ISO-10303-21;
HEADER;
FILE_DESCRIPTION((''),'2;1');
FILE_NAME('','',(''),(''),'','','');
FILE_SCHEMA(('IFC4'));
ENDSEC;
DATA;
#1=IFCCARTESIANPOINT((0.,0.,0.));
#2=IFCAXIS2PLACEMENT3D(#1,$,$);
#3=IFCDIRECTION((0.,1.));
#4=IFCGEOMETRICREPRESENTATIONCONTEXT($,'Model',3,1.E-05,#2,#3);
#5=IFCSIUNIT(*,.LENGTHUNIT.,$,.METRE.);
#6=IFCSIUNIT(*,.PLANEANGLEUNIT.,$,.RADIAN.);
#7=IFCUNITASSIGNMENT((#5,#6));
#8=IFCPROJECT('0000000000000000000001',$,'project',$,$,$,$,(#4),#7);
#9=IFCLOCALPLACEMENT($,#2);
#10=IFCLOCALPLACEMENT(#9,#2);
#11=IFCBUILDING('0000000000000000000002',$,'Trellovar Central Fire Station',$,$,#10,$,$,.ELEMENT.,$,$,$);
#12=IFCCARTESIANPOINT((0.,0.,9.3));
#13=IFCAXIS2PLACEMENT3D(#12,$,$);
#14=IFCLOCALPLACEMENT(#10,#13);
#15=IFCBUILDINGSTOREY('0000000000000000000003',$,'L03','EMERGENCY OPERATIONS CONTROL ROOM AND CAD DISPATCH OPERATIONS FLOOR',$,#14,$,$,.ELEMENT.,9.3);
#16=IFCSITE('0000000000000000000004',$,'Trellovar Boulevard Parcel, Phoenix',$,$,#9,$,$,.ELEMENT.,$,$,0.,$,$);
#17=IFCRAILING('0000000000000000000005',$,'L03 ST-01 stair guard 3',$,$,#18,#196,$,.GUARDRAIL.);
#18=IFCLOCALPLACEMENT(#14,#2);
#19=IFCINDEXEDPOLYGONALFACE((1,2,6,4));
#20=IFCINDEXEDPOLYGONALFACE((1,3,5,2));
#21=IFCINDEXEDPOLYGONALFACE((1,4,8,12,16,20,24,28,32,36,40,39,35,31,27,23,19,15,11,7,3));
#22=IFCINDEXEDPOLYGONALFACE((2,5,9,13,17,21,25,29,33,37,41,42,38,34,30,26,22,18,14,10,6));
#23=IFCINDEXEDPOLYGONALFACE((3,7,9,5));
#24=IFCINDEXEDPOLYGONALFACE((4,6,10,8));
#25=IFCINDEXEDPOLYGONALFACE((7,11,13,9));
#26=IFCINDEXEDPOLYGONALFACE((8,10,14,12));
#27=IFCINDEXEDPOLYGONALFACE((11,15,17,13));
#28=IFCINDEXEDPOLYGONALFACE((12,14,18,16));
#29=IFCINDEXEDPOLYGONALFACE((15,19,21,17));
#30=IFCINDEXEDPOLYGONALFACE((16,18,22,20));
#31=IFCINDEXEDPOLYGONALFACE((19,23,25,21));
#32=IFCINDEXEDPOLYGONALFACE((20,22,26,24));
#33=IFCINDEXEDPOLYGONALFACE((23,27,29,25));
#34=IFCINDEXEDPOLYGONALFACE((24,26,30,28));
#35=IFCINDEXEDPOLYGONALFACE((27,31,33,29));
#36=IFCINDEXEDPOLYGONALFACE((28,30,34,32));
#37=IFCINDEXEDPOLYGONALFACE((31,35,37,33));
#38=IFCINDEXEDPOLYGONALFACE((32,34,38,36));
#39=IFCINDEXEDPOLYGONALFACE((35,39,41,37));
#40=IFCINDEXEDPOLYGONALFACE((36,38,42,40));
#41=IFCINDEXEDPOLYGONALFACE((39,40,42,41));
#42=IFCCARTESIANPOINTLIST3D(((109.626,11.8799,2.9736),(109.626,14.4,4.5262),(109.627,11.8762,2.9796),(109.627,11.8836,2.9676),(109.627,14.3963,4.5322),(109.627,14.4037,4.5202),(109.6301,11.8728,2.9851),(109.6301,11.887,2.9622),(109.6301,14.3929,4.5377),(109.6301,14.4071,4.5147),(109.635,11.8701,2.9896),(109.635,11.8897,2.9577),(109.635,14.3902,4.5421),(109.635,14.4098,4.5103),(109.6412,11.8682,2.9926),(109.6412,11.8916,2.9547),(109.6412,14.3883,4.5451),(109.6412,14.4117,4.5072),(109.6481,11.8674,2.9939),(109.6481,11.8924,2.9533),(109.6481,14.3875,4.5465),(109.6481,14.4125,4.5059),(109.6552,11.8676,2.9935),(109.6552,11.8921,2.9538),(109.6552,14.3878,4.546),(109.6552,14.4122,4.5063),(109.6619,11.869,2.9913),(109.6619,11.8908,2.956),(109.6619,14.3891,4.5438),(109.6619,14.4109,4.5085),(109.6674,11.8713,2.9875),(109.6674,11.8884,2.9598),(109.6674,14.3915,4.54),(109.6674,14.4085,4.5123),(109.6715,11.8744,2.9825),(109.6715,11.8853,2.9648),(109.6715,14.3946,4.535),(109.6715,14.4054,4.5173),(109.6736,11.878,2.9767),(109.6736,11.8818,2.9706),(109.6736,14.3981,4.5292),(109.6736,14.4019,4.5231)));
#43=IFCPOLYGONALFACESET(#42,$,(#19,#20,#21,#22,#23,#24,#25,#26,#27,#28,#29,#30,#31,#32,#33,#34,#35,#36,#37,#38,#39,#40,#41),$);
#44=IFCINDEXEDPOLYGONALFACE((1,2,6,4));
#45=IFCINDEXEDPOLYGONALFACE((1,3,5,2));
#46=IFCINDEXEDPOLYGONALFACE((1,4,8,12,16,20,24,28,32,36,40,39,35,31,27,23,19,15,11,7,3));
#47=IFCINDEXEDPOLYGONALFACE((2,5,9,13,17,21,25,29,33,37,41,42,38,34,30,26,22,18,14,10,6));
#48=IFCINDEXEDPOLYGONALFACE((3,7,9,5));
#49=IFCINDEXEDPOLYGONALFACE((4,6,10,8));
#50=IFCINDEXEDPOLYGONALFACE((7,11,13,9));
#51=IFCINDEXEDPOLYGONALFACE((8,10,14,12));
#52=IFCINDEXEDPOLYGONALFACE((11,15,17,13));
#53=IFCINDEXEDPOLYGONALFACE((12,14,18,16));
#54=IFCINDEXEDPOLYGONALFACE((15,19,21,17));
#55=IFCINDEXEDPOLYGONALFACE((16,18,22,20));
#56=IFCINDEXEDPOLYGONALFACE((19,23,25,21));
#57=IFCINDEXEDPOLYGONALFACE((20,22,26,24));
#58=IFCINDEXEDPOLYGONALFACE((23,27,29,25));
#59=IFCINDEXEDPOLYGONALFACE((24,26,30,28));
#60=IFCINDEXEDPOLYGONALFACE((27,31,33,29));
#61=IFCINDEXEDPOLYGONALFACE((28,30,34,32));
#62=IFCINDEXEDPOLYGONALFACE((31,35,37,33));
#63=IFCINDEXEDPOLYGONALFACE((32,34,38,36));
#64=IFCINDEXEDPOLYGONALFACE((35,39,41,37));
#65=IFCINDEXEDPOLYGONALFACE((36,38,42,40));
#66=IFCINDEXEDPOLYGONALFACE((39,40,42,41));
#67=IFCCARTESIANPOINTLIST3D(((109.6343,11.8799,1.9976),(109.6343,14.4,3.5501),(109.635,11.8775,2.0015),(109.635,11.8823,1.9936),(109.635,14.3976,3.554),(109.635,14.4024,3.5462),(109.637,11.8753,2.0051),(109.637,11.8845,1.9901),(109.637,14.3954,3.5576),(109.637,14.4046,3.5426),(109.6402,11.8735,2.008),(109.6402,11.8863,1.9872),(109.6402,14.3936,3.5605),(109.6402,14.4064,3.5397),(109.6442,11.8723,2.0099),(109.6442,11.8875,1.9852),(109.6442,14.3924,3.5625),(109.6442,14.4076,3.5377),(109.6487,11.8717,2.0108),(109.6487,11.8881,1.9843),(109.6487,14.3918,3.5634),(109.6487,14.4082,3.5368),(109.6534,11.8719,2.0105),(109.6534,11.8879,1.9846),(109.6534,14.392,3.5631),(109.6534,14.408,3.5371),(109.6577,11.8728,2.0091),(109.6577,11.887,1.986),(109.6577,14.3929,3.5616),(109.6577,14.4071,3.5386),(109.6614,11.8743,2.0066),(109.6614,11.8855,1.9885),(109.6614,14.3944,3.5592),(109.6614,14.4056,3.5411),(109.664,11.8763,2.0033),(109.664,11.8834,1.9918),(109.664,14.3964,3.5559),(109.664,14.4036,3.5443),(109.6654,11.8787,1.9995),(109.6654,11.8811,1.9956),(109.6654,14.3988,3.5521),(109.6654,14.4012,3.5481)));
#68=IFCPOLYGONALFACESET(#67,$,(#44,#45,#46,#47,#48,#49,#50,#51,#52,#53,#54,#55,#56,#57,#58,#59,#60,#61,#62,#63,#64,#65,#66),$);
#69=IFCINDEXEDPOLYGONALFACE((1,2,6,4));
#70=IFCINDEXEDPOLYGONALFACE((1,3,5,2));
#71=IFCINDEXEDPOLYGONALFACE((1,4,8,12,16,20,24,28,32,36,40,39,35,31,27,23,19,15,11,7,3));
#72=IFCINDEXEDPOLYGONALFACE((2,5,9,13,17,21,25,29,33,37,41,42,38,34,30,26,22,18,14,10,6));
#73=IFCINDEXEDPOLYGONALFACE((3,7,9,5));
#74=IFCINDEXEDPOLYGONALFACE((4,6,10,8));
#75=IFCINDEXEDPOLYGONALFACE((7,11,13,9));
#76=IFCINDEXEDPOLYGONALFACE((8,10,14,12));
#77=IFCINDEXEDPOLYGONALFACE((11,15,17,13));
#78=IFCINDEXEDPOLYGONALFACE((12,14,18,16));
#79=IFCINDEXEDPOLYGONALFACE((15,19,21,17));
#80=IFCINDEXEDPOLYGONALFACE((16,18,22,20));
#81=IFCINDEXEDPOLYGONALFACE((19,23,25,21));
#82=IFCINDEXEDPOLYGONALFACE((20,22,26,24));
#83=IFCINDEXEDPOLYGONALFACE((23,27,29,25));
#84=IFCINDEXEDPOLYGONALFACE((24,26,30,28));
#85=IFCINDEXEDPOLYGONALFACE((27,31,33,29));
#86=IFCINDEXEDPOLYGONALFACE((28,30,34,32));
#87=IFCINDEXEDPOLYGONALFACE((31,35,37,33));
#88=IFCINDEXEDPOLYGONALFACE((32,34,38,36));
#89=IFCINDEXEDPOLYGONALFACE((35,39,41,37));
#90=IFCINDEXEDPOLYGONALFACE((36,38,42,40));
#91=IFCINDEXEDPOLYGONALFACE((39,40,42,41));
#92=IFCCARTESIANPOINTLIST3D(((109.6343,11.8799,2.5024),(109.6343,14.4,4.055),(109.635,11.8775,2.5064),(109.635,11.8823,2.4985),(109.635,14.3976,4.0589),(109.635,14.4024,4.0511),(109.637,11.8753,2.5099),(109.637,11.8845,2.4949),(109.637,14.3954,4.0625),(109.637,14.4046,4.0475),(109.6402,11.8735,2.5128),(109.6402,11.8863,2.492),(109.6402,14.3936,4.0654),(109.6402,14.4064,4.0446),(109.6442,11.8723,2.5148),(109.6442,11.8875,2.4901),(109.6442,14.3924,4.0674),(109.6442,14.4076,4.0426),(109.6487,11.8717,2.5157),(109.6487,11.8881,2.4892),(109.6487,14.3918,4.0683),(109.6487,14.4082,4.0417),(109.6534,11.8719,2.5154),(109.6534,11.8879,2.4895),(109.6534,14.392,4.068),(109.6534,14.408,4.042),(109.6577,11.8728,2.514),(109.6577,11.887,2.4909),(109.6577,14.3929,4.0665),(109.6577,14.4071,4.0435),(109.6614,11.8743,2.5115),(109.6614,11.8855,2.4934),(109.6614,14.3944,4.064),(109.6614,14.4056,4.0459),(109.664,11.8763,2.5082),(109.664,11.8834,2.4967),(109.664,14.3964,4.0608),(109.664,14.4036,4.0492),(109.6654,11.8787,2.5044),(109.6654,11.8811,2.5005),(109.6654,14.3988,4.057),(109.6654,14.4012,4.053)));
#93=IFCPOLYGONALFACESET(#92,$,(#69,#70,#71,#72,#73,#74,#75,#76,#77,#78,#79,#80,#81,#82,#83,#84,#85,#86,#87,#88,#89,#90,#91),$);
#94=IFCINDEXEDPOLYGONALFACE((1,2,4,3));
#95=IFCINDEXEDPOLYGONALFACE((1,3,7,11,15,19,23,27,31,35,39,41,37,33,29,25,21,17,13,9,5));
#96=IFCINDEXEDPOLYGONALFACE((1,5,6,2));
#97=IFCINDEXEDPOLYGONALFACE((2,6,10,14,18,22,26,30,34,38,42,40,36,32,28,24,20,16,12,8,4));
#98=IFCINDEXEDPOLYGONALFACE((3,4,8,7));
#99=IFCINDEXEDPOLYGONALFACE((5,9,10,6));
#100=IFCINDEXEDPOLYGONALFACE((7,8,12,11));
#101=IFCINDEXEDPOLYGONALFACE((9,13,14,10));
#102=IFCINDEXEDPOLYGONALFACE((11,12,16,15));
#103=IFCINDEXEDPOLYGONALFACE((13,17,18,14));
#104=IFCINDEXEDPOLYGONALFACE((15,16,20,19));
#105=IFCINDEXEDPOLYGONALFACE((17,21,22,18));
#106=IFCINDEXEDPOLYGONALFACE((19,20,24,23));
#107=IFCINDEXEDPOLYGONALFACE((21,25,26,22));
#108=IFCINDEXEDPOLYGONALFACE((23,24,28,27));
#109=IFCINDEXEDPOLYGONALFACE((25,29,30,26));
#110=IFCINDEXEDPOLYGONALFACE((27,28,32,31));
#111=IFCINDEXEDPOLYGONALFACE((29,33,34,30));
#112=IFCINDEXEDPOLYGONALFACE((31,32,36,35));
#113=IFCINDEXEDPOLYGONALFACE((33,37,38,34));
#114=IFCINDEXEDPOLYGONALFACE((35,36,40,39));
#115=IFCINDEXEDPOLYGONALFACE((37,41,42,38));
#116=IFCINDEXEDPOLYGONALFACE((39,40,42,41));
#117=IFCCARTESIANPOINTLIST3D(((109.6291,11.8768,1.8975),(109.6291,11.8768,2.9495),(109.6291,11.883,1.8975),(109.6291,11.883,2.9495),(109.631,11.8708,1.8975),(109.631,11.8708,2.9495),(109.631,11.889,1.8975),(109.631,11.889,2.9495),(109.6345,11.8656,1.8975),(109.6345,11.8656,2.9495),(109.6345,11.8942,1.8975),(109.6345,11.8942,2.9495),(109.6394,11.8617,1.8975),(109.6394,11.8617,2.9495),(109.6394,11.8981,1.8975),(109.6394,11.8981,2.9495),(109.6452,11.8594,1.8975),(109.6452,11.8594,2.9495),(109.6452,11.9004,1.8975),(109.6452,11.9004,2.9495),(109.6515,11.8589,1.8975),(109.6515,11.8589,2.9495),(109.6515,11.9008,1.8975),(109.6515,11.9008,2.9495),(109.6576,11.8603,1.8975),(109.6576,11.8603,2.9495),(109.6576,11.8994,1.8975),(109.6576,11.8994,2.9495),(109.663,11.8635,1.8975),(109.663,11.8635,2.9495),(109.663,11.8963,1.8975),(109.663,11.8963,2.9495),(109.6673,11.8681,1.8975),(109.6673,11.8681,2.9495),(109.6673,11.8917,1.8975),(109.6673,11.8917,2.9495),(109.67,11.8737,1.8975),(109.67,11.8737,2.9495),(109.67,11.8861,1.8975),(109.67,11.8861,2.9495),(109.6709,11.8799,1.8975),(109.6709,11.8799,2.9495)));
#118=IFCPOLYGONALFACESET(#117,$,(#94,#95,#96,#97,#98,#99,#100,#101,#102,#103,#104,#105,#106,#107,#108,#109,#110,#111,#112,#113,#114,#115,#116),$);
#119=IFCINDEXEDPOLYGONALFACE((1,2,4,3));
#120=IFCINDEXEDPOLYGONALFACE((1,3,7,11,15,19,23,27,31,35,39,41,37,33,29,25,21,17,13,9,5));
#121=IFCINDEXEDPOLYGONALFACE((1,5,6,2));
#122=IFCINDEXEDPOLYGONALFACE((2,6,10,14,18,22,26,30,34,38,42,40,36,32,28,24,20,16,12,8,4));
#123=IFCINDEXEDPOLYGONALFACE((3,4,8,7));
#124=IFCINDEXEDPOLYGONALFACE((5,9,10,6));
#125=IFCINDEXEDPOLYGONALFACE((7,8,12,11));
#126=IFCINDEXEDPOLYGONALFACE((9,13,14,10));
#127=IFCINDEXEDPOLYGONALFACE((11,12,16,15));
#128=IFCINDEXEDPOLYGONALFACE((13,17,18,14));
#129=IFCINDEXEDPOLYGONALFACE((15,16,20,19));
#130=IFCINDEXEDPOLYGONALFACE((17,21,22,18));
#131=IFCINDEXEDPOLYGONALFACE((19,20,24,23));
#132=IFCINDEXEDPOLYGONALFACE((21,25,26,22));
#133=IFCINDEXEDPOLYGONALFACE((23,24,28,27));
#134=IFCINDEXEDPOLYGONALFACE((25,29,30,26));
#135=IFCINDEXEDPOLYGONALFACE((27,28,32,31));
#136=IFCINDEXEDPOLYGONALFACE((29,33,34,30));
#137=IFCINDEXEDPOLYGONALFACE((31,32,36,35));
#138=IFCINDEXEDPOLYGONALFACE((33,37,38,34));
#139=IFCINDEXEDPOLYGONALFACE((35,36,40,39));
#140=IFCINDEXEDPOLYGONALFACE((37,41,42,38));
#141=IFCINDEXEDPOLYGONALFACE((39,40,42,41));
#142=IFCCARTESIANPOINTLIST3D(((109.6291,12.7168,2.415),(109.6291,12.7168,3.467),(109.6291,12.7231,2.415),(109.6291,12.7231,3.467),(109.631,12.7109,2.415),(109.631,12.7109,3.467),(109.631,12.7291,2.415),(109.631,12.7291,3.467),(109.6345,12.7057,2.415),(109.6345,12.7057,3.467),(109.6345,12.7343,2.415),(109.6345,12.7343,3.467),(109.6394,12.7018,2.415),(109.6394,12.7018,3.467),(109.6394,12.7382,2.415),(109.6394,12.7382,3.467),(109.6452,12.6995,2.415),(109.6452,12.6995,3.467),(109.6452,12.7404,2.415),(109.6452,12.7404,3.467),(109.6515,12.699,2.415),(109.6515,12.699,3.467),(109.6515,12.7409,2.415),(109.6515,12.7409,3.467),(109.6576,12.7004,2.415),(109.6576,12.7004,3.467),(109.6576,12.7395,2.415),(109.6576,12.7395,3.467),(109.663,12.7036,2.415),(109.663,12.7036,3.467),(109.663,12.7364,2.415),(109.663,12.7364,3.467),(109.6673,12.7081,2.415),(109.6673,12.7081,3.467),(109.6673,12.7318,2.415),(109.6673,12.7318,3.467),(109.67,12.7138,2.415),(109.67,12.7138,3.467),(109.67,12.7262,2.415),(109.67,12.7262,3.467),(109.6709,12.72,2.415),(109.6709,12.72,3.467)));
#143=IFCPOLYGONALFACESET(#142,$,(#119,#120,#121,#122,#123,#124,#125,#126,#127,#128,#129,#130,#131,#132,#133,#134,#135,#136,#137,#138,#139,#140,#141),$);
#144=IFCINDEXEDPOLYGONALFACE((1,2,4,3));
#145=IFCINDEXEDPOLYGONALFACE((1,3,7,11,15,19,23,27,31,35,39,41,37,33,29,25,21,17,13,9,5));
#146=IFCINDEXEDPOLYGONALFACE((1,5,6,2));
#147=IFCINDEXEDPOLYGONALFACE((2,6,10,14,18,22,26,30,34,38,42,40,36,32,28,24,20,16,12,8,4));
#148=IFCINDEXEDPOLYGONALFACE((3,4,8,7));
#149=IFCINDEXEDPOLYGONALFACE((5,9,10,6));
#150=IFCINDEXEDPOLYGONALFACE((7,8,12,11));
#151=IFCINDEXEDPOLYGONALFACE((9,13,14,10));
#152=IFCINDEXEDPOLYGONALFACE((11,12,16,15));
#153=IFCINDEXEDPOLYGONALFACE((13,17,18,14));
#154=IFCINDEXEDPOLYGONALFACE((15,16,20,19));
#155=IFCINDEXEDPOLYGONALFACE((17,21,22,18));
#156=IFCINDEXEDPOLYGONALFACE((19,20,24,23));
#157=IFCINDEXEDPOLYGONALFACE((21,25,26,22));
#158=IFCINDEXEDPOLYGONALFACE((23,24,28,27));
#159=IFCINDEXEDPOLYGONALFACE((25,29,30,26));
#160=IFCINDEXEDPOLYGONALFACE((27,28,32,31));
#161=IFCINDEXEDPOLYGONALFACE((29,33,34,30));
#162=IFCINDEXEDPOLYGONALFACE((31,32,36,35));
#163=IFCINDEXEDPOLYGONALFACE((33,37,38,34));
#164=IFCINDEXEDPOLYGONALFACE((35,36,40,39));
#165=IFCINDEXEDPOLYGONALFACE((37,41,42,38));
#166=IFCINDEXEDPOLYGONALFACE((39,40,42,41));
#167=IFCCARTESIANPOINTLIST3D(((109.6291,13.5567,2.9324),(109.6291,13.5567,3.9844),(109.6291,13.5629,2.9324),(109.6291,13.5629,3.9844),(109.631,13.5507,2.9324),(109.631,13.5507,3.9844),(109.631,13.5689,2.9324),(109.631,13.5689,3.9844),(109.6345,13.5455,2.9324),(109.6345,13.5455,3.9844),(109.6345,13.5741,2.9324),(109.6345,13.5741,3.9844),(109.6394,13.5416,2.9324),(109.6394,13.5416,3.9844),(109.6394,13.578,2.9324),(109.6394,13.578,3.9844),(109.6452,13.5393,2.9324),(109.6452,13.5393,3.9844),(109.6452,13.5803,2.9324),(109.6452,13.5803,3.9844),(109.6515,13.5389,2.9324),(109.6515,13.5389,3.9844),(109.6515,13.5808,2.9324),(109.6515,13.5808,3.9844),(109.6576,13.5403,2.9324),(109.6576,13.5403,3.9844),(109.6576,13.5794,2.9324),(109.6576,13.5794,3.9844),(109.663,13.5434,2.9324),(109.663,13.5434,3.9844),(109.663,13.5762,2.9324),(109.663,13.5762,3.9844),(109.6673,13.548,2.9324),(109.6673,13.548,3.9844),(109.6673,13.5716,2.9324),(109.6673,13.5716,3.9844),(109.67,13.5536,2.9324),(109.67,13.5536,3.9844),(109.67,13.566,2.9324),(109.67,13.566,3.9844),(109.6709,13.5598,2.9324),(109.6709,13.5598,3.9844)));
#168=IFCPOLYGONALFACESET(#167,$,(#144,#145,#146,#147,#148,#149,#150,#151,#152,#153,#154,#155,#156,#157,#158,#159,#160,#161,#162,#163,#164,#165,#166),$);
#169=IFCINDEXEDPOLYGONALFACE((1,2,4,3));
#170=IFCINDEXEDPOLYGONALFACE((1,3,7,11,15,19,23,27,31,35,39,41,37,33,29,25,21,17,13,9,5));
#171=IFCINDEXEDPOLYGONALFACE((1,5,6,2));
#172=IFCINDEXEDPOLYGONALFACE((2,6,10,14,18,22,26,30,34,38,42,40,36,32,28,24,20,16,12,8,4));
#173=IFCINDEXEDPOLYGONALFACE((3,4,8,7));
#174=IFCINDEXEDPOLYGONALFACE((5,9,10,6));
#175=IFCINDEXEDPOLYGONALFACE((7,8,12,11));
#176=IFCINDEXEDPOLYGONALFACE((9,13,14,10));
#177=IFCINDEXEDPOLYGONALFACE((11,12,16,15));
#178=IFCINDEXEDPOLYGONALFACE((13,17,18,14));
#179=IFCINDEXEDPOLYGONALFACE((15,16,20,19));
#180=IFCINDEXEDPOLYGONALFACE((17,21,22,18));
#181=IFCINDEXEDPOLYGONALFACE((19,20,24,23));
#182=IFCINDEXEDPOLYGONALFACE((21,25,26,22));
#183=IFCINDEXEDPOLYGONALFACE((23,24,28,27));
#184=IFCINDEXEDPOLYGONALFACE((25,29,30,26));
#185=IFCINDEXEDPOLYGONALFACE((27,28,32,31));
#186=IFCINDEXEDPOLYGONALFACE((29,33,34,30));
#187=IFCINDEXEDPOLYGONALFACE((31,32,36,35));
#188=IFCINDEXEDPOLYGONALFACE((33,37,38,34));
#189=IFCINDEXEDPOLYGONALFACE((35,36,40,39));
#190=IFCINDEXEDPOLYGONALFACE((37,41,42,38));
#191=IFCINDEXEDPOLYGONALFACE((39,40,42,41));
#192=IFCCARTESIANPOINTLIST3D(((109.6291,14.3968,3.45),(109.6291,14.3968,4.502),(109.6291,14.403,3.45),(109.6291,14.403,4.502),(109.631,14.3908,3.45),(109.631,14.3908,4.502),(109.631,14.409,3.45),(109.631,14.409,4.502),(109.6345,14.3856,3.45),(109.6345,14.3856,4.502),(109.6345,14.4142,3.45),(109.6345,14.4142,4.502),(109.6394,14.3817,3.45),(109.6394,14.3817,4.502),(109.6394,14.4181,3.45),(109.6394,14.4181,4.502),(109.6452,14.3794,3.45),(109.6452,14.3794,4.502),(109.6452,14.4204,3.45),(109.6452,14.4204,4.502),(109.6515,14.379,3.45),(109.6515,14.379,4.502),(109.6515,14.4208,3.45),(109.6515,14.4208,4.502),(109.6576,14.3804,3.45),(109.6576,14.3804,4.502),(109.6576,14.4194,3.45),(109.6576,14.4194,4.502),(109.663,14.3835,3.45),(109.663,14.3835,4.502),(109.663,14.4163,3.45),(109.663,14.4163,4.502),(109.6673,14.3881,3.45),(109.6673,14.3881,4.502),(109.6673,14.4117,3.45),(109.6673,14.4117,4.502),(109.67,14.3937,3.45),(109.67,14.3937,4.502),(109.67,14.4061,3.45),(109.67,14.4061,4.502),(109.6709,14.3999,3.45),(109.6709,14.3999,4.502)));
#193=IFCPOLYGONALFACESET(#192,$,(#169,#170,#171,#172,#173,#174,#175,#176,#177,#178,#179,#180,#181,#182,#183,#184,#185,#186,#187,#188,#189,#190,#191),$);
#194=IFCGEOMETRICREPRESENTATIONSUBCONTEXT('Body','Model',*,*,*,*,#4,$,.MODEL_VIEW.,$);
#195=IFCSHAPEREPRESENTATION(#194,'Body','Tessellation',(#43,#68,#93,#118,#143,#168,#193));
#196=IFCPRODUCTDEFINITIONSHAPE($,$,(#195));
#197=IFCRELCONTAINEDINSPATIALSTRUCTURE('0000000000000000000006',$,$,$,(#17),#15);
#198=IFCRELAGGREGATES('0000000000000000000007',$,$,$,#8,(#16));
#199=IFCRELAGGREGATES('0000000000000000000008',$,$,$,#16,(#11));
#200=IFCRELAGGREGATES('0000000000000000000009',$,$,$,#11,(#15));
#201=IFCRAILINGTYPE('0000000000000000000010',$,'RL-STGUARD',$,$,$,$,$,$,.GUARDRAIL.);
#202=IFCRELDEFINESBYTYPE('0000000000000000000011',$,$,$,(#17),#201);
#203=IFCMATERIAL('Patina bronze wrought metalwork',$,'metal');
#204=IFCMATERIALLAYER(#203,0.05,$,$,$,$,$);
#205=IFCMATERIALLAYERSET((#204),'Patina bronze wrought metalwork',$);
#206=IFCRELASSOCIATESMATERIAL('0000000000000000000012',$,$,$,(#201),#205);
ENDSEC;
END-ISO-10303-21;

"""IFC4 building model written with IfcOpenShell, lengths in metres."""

from ifc_helpers import new_model, si_unit, direction, frame, origin, origin_2d, place, context, subcontext, project, spatial, circle, extrude, material, layer, layer_set, type_object, element, save


model = new_model("IFC4")

# Units and contexts
model_context = context("Model", 3, precision=1e-05, world=origin(), true_north=direction((0.0, 1.0)))
body_context = subcontext(model_context, "Body", "Model", "MODEL_VIEW")
ifc_project = project(units=[si_unit("LENGTHUNIT", "METRE"), si_unit("PLANEANGLEUNIT", "RADIAN")], contexts=[model_context])

# Site, building, storey
site_placement = place(None, origin())
site = spatial("IfcSite", under=ifc_project, at=site_placement, Name="Trellovar Boulevard Parcel, Phoenix", CompositionType="ELEMENT", RefElevation=0.0)
building_placement = place(site_placement, origin())
building = spatial("IfcBuilding", under=site, at=building_placement, Name="Trellovar Central Fire Station", CompositionType="ELEMENT")
storey_placement = place(building_placement, frame((0.0, 0.0, 9.3)))
storey = spatial("IfcBuildingStorey", under=building, at=storey_placement, Name="L03", Description="EMERGENCY OPERATIONS CONTROL ROOM AND CAD DISPATCH OPERATIONS FLOOR", CompositionType="ELEMENT", Elevation=9.3)

# Railing
ifc_material_1 = material(Name="Patina bronze wrought metalwork", Category="metal")
ifc_layer_1 = layer(ifc_material_1, 0.05)
ifc_layer_set_1 = layer_set([ifc_layer_1], Name="Patina bronze wrought metalwork")
railing_type_1 = type_object("IfcRailingType", Name="RL-STGUARD", PredefinedType="GUARDRAIL", material=ifc_layer_set_1)
railing_1_placement = place(storey_placement, frame((109.6499, 11.8799, 1.8975)))
element("IfcRailing", 1, at=railing_1_placement, inside=storey, type_object=railing_type_1, Name="L03 ST-01 stair guard 3", PredefinedType="GUARDRAIL", context=body_context, shape_type="SweptSolid", body=[
    extrude(circle(Radius=0.0239, at=origin_2d()), frame((0.0, 0.0, 1.0762), z_axis=(0.0, 0.8514, 0.524516), x_axis=(-1.0, 0.0, 0.0)), (0.0, 0.0, 1.0), 2.96),
    extrude(circle(Radius=0.0156, at=origin_2d()), frame((0.0, 0.0, 0.1001), z_axis=(0.0, 0.8514, 0.524516), x_axis=(-1.0, 0.0, 0.0)), (0.0, 0.0, 1.0), 2.96),
    extrude(circle(Radius=0.0156, at=origin_2d()), frame((0.0, 0.0, 0.605), z_axis=(0.0, 0.8514, 0.524516), x_axis=(-1.0, 0.0, 0.0)), (0.0, 0.0, 1.0), 2.96),
    extrude(circle(Radius=0.021, at=origin_2d()), origin(), (0.0, 0.0, 1.0), 1.052),
    extrude(circle(Radius=0.021, at=origin_2d()), frame((0.0, 0.8401, 0.5176)), (0.0, 0.0, 1.0), 1.052),
    extrude(circle(Radius=0.021, at=origin_2d()), frame((0.0, 1.6799, 1.0349)), (0.0, 0.0, 1.0), 1.052),
    extrude(circle(Radius=0.021, at=origin_2d()), frame((0.0, 2.52, 1.5525)), (0.0, 0.0, 1.0), 1.052),
])

save(model, "model.ifc")
